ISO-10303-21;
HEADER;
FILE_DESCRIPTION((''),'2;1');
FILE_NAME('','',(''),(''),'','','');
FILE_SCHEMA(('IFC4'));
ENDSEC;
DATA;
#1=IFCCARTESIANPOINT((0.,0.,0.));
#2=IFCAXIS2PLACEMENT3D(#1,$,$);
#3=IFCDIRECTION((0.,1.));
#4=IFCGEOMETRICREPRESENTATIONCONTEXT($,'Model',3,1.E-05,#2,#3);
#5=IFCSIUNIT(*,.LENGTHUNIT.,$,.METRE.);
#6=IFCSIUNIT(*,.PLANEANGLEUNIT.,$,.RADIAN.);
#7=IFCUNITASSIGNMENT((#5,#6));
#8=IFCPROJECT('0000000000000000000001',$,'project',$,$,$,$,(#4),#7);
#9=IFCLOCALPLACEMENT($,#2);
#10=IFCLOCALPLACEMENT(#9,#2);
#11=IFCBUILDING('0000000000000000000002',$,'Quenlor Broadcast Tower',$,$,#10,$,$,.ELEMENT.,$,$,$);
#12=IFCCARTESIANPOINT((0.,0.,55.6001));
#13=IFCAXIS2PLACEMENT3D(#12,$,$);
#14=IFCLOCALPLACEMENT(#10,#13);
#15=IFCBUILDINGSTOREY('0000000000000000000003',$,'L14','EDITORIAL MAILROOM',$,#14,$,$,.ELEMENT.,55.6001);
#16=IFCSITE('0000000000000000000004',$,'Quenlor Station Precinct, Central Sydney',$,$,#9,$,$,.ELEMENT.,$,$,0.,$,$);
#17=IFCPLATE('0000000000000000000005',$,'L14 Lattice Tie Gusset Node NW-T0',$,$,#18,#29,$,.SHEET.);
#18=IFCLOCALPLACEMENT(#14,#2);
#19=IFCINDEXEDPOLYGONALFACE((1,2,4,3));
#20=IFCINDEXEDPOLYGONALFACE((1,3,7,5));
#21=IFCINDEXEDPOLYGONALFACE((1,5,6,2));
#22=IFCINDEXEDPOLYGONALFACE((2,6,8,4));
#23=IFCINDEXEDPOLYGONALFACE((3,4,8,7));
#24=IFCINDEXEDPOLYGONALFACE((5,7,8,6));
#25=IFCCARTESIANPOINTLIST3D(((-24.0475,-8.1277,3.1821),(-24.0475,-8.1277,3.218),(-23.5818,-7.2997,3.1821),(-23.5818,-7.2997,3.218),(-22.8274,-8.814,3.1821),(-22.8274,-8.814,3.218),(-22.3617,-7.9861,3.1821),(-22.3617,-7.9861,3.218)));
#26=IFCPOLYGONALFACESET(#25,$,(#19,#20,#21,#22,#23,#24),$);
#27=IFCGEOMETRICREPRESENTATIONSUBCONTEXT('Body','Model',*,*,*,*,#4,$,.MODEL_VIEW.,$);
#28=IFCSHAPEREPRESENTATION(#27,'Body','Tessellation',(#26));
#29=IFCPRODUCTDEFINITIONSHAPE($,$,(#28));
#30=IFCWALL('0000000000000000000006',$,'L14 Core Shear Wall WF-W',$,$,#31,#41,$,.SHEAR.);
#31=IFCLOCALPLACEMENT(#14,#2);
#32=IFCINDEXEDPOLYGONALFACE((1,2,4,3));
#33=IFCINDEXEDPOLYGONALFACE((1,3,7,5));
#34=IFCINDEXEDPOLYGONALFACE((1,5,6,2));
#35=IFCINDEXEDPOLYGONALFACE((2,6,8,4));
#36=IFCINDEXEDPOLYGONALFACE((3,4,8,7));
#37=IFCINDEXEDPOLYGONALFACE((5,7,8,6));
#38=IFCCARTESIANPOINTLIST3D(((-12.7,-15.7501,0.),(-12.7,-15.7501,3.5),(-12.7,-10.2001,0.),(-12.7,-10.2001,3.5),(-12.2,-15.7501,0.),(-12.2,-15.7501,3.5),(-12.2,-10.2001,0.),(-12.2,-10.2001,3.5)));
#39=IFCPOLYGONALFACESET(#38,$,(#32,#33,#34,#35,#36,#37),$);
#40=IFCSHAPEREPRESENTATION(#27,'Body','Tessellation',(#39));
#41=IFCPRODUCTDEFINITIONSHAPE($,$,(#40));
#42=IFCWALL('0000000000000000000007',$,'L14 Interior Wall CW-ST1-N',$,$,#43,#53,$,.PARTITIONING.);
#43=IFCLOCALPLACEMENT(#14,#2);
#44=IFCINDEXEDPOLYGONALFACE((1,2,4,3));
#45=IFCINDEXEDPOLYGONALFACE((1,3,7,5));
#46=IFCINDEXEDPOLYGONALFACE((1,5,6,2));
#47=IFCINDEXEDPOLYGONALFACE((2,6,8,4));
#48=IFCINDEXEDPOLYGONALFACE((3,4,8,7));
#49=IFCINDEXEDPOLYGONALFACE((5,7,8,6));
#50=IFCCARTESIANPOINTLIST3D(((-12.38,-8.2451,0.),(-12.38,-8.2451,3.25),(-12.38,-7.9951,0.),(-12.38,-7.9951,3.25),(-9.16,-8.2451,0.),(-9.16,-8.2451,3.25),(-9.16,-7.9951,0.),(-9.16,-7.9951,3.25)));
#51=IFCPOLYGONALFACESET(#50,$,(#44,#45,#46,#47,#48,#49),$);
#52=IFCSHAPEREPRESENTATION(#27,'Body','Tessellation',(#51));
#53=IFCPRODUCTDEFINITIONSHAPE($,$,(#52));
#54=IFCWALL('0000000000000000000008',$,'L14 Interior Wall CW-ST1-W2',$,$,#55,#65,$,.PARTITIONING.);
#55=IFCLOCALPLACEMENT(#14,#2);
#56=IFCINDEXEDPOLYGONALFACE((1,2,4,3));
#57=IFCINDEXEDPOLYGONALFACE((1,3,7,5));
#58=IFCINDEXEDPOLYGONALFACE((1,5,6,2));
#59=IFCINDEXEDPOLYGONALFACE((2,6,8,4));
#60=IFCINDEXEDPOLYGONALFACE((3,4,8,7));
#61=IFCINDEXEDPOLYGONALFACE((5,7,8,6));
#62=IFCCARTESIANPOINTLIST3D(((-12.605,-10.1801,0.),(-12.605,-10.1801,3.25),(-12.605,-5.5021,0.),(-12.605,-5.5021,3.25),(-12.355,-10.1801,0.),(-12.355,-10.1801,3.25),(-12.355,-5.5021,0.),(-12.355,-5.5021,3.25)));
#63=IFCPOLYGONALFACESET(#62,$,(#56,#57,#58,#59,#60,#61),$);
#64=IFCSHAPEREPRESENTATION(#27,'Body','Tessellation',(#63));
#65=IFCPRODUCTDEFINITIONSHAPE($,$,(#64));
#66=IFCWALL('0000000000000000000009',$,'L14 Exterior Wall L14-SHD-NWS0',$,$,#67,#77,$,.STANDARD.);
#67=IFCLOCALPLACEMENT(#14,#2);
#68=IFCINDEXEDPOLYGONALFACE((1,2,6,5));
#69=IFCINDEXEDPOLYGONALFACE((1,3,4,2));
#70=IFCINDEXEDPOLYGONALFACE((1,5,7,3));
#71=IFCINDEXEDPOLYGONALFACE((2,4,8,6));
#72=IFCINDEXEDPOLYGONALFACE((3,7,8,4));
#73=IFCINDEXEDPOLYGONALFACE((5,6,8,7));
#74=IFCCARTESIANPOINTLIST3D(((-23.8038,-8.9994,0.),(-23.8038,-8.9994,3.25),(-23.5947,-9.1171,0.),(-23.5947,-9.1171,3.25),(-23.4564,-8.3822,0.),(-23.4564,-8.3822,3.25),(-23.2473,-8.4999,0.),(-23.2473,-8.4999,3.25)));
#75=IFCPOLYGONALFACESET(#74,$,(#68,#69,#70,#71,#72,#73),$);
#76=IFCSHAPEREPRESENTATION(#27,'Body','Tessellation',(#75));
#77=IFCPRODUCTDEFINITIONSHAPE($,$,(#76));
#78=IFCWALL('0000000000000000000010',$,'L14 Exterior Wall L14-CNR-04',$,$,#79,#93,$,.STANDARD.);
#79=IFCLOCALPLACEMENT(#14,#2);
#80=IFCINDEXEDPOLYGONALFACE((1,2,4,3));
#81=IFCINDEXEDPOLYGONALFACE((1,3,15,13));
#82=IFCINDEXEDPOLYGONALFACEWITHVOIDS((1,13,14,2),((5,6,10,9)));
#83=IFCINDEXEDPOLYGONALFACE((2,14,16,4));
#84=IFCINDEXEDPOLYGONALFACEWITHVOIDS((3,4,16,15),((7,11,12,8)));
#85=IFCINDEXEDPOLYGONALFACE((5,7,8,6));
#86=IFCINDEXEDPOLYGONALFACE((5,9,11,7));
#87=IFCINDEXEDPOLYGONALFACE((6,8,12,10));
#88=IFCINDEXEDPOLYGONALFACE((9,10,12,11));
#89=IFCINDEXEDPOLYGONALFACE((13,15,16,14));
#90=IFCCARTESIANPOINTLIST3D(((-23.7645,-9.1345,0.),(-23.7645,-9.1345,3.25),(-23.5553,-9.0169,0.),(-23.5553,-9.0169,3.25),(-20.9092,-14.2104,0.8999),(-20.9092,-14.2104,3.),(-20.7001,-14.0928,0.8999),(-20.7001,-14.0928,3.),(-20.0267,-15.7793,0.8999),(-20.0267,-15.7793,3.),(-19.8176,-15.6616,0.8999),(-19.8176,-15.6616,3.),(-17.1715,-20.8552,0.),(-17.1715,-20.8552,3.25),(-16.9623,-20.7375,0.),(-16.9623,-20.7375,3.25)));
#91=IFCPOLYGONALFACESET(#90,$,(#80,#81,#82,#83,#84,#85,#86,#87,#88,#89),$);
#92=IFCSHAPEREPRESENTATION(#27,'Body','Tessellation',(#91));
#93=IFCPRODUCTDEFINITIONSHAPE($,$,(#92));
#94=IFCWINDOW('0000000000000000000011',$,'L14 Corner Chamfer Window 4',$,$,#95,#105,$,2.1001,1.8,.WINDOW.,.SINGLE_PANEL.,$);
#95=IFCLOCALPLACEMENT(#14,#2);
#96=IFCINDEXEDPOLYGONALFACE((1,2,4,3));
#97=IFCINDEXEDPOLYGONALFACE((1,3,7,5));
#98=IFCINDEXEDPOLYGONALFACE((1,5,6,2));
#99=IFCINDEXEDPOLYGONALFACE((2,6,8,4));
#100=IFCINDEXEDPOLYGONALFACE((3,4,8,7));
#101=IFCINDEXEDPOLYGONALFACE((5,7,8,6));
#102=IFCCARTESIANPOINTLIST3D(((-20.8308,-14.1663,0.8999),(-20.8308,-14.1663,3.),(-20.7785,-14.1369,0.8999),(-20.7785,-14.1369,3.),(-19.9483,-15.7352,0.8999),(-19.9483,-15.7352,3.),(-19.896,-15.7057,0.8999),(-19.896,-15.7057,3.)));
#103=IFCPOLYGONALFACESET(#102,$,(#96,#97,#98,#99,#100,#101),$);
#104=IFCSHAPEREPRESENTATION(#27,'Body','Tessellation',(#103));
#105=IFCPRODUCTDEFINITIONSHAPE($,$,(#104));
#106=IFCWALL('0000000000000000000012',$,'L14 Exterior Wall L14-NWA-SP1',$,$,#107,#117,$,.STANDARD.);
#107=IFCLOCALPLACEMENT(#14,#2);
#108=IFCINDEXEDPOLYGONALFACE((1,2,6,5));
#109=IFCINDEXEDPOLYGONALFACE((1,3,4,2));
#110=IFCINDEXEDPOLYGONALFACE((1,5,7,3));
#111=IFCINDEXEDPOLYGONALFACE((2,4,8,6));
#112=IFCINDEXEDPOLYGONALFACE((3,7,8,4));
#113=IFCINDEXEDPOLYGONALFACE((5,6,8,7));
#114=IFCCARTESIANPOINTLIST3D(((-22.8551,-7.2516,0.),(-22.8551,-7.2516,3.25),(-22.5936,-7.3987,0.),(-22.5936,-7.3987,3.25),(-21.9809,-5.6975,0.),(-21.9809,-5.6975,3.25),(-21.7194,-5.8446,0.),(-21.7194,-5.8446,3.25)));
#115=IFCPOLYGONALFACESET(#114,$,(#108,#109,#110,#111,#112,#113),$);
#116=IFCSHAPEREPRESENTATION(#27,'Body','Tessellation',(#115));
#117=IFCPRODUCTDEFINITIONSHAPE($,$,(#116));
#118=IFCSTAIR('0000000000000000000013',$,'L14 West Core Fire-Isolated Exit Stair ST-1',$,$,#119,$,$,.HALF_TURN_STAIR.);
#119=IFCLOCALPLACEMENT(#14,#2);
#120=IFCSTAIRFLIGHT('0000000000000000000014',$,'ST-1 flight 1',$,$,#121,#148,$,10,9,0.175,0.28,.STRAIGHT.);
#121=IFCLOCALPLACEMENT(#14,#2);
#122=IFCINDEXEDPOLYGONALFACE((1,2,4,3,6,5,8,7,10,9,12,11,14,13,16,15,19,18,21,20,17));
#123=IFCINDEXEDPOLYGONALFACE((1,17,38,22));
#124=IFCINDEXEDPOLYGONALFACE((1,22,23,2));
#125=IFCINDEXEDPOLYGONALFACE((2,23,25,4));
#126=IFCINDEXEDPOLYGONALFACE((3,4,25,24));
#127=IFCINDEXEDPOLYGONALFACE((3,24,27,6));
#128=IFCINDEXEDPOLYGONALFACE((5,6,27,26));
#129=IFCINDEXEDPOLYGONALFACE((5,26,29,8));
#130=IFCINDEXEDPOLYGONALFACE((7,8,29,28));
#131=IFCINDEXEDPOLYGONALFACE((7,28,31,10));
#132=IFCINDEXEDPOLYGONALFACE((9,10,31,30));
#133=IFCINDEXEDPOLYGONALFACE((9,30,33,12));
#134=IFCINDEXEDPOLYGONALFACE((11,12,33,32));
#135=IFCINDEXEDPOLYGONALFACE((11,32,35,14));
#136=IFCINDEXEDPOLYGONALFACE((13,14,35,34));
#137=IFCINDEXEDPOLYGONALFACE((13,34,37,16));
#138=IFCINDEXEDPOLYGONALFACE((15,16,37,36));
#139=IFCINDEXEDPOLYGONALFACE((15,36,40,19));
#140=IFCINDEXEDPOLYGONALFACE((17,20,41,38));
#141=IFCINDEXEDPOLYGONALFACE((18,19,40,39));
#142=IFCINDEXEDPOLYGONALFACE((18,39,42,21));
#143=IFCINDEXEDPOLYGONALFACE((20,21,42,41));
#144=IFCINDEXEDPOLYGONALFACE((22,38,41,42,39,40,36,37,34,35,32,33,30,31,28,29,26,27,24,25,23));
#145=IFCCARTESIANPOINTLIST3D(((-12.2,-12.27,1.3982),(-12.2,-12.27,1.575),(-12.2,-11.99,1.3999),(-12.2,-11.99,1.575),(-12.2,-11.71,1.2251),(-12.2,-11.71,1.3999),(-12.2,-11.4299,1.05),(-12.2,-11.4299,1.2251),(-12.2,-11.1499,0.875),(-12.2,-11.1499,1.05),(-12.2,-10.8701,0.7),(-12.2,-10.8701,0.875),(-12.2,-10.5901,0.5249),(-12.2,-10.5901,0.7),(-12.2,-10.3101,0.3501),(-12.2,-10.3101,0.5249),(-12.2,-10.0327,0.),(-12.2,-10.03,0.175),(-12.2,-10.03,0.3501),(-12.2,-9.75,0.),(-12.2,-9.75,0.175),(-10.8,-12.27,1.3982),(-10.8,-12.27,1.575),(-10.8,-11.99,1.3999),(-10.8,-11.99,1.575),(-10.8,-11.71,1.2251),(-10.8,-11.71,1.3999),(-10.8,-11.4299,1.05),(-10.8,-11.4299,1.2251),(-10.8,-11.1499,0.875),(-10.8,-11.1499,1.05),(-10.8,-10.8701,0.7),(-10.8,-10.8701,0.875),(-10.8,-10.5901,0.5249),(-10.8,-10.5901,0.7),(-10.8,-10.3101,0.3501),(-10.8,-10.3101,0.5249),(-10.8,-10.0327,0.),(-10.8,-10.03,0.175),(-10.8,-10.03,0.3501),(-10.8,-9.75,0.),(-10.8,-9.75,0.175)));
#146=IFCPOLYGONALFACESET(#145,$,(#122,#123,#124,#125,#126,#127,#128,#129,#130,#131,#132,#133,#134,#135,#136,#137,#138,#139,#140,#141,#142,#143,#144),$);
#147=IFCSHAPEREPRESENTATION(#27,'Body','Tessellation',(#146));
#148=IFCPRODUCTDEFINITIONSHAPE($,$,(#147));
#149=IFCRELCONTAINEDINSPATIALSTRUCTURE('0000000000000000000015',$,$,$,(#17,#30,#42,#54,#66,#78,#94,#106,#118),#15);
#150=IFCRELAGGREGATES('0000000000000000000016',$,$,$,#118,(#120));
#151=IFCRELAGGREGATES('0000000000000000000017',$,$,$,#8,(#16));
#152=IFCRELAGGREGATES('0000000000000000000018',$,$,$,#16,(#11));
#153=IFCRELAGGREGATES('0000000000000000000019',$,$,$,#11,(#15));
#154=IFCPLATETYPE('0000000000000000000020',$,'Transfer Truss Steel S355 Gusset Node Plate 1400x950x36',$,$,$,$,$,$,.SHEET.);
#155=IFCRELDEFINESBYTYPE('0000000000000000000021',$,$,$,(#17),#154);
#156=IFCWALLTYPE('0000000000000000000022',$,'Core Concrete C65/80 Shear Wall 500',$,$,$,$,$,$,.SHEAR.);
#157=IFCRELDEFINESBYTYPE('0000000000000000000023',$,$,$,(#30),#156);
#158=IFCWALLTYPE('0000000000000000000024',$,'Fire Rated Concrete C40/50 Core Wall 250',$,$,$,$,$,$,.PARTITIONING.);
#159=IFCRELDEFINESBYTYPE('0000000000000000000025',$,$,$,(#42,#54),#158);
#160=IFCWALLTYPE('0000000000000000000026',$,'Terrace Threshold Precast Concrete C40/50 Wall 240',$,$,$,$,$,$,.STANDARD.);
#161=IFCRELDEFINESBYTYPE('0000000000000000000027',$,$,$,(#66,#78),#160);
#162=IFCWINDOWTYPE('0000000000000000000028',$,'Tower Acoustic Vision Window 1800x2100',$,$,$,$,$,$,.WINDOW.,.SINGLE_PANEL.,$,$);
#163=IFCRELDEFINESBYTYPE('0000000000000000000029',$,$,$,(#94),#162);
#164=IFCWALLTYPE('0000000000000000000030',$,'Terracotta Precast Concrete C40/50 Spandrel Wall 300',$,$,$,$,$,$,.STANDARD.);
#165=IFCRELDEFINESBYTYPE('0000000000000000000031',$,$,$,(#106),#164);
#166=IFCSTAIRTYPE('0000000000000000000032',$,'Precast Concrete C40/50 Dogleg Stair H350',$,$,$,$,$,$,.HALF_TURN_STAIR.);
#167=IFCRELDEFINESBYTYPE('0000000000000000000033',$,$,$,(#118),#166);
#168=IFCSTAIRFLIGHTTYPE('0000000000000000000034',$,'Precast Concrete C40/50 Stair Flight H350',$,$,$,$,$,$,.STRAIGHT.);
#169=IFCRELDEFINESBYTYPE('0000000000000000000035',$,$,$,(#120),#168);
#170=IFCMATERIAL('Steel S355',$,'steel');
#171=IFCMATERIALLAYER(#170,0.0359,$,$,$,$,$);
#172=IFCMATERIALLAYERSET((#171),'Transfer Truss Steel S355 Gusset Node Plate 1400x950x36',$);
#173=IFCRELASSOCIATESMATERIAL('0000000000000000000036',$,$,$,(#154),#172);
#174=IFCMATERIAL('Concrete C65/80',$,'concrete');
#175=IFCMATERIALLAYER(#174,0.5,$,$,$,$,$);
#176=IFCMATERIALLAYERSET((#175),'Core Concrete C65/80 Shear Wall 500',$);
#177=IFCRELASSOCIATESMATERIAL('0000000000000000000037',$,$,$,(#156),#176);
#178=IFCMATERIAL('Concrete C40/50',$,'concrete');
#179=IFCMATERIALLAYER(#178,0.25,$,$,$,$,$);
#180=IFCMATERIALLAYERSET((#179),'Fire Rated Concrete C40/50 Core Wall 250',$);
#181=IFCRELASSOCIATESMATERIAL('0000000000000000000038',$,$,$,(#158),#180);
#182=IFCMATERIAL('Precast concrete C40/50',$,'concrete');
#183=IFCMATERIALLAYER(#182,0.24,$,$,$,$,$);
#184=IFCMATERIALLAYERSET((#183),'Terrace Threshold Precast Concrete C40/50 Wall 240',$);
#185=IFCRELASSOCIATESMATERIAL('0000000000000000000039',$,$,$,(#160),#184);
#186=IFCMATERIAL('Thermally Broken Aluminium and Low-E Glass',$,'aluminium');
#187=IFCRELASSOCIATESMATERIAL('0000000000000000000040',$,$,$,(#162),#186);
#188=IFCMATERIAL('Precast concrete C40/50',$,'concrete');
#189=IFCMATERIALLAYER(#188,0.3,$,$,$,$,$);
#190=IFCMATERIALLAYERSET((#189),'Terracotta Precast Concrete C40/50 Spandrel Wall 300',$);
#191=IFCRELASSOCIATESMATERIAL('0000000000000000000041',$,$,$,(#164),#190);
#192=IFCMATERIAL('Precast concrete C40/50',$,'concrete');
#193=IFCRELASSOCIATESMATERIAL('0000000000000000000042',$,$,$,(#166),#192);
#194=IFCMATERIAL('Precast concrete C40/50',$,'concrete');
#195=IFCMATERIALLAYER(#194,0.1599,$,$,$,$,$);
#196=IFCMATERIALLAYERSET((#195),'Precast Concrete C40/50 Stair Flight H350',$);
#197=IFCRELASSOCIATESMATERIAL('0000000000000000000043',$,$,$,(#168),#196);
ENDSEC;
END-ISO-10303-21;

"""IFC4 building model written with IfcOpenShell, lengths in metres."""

from ifc_helpers import new_model, si_unit, direction, frame, frame_2d, origin, origin_2d, place, context, subcontext, project, spatial, polyline, rectangle, outline, extrude, material, layer, layer_set, type_object, element, fill, aggregate, save


model = new_model("IFC4")

# Units and contexts
model_context = context("Model", 3, precision=1e-05, world=origin(), true_north=direction((0.0, 1.0)))
body_context = subcontext(model_context, "Body", "Model", "MODEL_VIEW")
ifc_project = project(units=[si_unit("LENGTHUNIT", "METRE"), si_unit("PLANEANGLEUNIT", "RADIAN")], contexts=[model_context])

# Site, building, storey
site_placement = place(None, origin())
site = spatial("IfcSite", under=ifc_project, at=site_placement, Name="Quenlor Station Precinct, Central Sydney", CompositionType="ELEMENT", RefElevation=0.0)
building_placement = place(site_placement, origin())
building = spatial("IfcBuilding", under=site, at=building_placement, Name="Quenlor Broadcast Tower", CompositionType="ELEMENT")
storey_placement = place(building_placement, frame((0.0, 0.0, 55.6001)))
storey = spatial("IfcBuildingStorey", under=building, at=storey_placement, Name="L14", Description="EDITORIAL MAILROOM", CompositionType="ELEMENT", Elevation=55.6001)

# Plate
ifc_material_1 = material(Name="Steel S355", Category="steel")
ifc_layer_1 = layer(ifc_material_1, 0.0359)
ifc_layer_set_1 = layer_set([ifc_layer_1], Name="Transfer Truss Steel S355 Gusset Node Plate 1400x950x36")
plate_type_1 = type_object("IfcPlateType", Name="Transfer Truss Steel S355 Gusset Node Plate 1400x950x36", PredefinedType="SHEET", material=ifc_layer_set_1)
for number, where, z_axis, x_axis, name in (
    (1, (-23.2046, -8.0569, 3.1821), (0.0, 0.0, 1.0), (-0.871556, 0.490295, 0.0), "L14 Lattice Tie Gusset Node NW-T0"),
):
    element("IfcPlate", number, at=place(storey_placement, frame(where, z_axis=z_axis, x_axis=x_axis)), inside=storey, type_object=plate_type_1, Name=name, PredefinedType="SHEET", context=body_context, shape_type="SweptSolid", body=[
        extrude(rectangle(XDim=1.3999, YDim=0.95, at=origin_2d()), origin(), (0.0, 0.0, 1.0), 0.0359),
    ])

# Walls
ifc_material_2 = material(Name="Concrete C65/80", Category="concrete")
ifc_layer_2 = layer(ifc_material_2, 0.5)
ifc_layer_set_2 = layer_set([ifc_layer_2], Name="Core Concrete C65/80 Shear Wall 500")
wall_type_1 = type_object("IfcWallType", Name="Core Concrete C65/80 Shear Wall 500", PredefinedType="SHEAR", material=ifc_layer_set_2)
wall_1_placement = place(storey_placement, frame((-12.45, -15.75, 0.0), z_axis=(0.0, 0.0, 1.0), x_axis=(0.0, 1.0, 0.0)))
element("IfcWall", 2, at=wall_1_placement, inside=storey, type_object=wall_type_1, Name="L14 Core Shear Wall WF-W", PredefinedType="SHEAR", context=body_context, shape_type="SweptSolid", body=[
    extrude(rectangle(XDim=5.55, YDim=0.5, at=frame_2d((2.7749, 0.0))), origin(), (0.0, 0.0, 1.0), 3.5),
])
ifc_material_3 = material(Name="Concrete C40/50", Category="concrete")
ifc_layer_3 = layer(ifc_material_3, 0.25)
ifc_layer_set_3 = layer_set([ifc_layer_3], Name="Fire Rated Concrete C40/50 Core Wall 250")
wall_type_2 = type_object("IfcWallType", Name="Fire Rated Concrete C40/50 Core Wall 250", PredefinedType="PARTITIONING", material=ifc_layer_set_3)
wall_2_placement = place(storey_placement, frame((-12.3799, -8.1201, 0.0), z_axis=(0.0, 0.0, 1.0), x_axis=(1.0, 0.0, 0.0)))
element("IfcWall", 3, at=wall_2_placement, inside=storey, type_object=wall_type_2, Name="L14 Interior Wall CW-ST1-N", PredefinedType="PARTITIONING", context=body_context, shape_type="SweptSolid", body=[
    extrude(rectangle(XDim=3.22, YDim=0.25, at=frame_2d((1.6099, 0.0))), origin(), (0.0, 0.0, 1.0), 3.25),
])
wall_3_placement = place(storey_placement, frame((-12.48, -10.1799, 0.0), z_axis=(0.0, 0.0, 1.0), x_axis=(0.0, 1.0, 0.0)))
element("IfcWall", 4, at=wall_3_placement, inside=storey, type_object=wall_type_2, Name="L14 Interior Wall CW-ST1-W2", PredefinedType="PARTITIONING", context=body_context, shape_type="SweptSolid", body=[
    extrude(rectangle(XDim=4.678, YDim=0.25, at=frame_2d((2.3389, 0.0))), origin(), (0.0, 0.0, 1.0), 3.25),
])

# Wall
ifc_material_4 = material(Name="Precast concrete C40/50", Category="concrete")
ifc_layer_4 = layer(ifc_material_4, 0.24)
ifc_layer_set_4 = layer_set([ifc_layer_4], Name="Terrace Threshold Precast Concrete C40/50 Wall 240")
wall_type_3 = type_object("IfcWallType", Name="Terrace Threshold Precast Concrete C40/50 Wall 240", PredefinedType="STANDARD", material=ifc_layer_set_4)
wall_4_placement = place(storey_placement, frame((-23.6992, -9.0581, 0.0), z_axis=(0.0, 0.0, 1.0), x_axis=(0.490523, 0.871428, 0.0)))
element("IfcWall", 5, at=wall_4_placement, inside=storey, type_object=wall_type_3, Name="L14 Exterior Wall L14-SHD-NWS0", PredefinedType="STANDARD", context=body_context, shape_type="SweptSolid", body=[
    extrude(rectangle(XDim=0.7083, YDim=0.24, at=frame_2d((0.354, 0.0))), origin(), (0.0, 0.0, 1.0), 3.25),
])

# Wall, opening, window
wall_5_placement = place(storey_placement, frame((-23.6599, -9.0757, 0.0), z_axis=(0.0, 0.0, 1.0), x_axis=(0.490268, -0.871572, 0.0)))
wall_5 = element("IfcWall", 6, at=wall_5_placement, inside=storey, type_object=wall_type_3, Name="L14 Exterior Wall L14-CNR-04", PredefinedType="STANDARD", context=body_context, shape_type="SweptSolid", body=[
    extrude(rectangle(XDim=13.4478, YDim=0.24, at=frame_2d((6.7239, 0.0))), origin(), (0.0, 0.0, 1.0), 3.25),
])
opening_1_placement = place(wall_5_placement, frame((5.824, 0.0, 0.8999)))
opening_1 = element("IfcOpeningElement", 7, at=opening_1_placement, cuts=wall_5, PredefinedType="OPENING", context=body_context, shape_type="SweptSolid", body=[
    extrude(rectangle(XDim=1.8, YDim=2.1001, at=frame_2d((0.8999, 1.05))), frame((0.0, 0.1299, 0.0), z_axis=(0.0, -1.0, 0.0), x_axis=(1.0, 0.0, 0.0)), (0.0, 0.0, 1.0), 0.26),
])
ifc_material_5 = material(Name="Thermally Broken Aluminium and Low-E Glass", Category="aluminium")
window_type = type_object("IfcWindowType", Name="Tower Acoustic Vision Window 1800x2100", PartitioningType="SINGLE_PANEL", PredefinedType="WINDOW", material=ifc_material_5)
window_placement = place(opening_1_placement, origin())
window = element("IfcWindow", 8, at=window_placement, inside=storey, type_object=window_type, Name="L14 Corner Chamfer Window 4", OverallHeight=2.1001, OverallWidth=1.8, PartitioningType="SINGLE_PANEL", PredefinedType="WINDOW", context=body_context, shape_type="SweptSolid", body=[
    extrude(rectangle(XDim=1.8, YDim=2.1001, at=frame_2d((0.8999, 1.05))), frame((0.0, 0.03, 0.0), z_axis=(0.0, -1.0, 0.0), x_axis=(1.0, 0.0, 0.0)), (0.0, 0.0, 1.0), 0.0601),
])
fill(opening_1, window)

# Wall
ifc_material_6 = material(Name="Precast concrete C40/50", Category="concrete")
ifc_layer_5 = layer(ifc_material_6, 0.3)
ifc_layer_set_5 = layer_set([ifc_layer_5], Name="Terracotta Precast Concrete C40/50 Spandrel Wall 300")
wall_type_4 = type_object("IfcWallType", Name="Terracotta Precast Concrete C40/50 Spandrel Wall 300", PredefinedType="STANDARD", material=ifc_layer_set_5)
wall_6_placement = place(storey_placement, frame((-22.7244, -7.3252, 0.0), z_axis=(0.0, 0.0, 1.0), x_axis=(0.490274, 0.871568, 0.0)))
element("IfcWall", 9, at=wall_6_placement, inside=storey, type_object=wall_type_4, Name="L14 Exterior Wall L14-NWA-SP1", PredefinedType="STANDARD", context=body_context, shape_type="SweptSolid", body=[
    extrude(rectangle(XDim=1.7832, YDim=0.3, at=frame_2d((0.8916, 0.0))), origin(), (0.0, 0.0, 1.0), 3.25),
])

# Stair, stair flight
ifc_material_7 = material(Name="Precast concrete C40/50", Category="concrete")
stair_type = type_object("IfcStairType", Name="Precast Concrete C40/50 Dogleg Stair H350", PredefinedType="HALF_TURN_STAIR", material=ifc_material_7)
stair_placement = place(storey_placement, origin())
stair = element("IfcStair", 10, at=stair_placement, inside=storey, type_object=stair_type, Name="L14 West Core Fire-Isolated Exit Stair ST-1", PredefinedType="HALF_TURN_STAIR")
ifc_material_8 = material(Name="Precast concrete C40/50", Category="concrete")
ifc_layer_6 = layer(ifc_material_8, 0.1599)
ifc_layer_set_6 = layer_set([ifc_layer_6], Name="Precast Concrete C40/50 Stair Flight H350")
stair_flight_type = type_object("IfcStairFlightType", Name="Precast Concrete C40/50 Stair Flight H350", PredefinedType="STRAIGHT", material=ifc_layer_set_6)
stair_flight_placement = place(storey_placement, frame((-11.5, -9.75, 0.0), z_axis=(0.0, 0.0, 1.0), x_axis=(0.0, -1.0, 0.0)))
stair_flight = element("IfcStairFlight", 11, at=stair_flight_placement, type_object=stair_flight_type, Name="ST-1 flight 1", NumberOfRisers=10, NumberOfTreads=9, PredefinedType="STRAIGHT", RiserHeight=0.175, TreadLength=0.28, context=body_context, shape_type="SweptSolid", body=[
    extrude(outline(polyline([(0.0, 0.0), (0.0, 0.175), (0.28, 0.175), (0.28, 0.3501), (0.5601, 0.3501), (0.5601, 0.5249), (0.8401, 0.5249), (0.8401, 0.7), (1.1201, 0.7), (1.1201, 0.875), (1.3999, 0.875), (1.3999, 1.05), (1.6799, 1.05), (1.6799, 1.2251), (1.96, 1.2251), (1.96, 1.3999), (2.24, 1.3999), (2.24, 1.575), (2.52, 1.575), (2.52, 1.75), (2.52, 1.3982), (0.2827, 0.0), (0.0, 0.0)])), frame((0.0, 0.7, 0.0), z_axis=(0.0, -1.0, 0.0), x_axis=(1.0, 0.0, 0.0)), (0.0, 0.0, 1.0), 1.3999),
])
aggregate(stair, [stair_flight])

save(model, "model.ifc")
